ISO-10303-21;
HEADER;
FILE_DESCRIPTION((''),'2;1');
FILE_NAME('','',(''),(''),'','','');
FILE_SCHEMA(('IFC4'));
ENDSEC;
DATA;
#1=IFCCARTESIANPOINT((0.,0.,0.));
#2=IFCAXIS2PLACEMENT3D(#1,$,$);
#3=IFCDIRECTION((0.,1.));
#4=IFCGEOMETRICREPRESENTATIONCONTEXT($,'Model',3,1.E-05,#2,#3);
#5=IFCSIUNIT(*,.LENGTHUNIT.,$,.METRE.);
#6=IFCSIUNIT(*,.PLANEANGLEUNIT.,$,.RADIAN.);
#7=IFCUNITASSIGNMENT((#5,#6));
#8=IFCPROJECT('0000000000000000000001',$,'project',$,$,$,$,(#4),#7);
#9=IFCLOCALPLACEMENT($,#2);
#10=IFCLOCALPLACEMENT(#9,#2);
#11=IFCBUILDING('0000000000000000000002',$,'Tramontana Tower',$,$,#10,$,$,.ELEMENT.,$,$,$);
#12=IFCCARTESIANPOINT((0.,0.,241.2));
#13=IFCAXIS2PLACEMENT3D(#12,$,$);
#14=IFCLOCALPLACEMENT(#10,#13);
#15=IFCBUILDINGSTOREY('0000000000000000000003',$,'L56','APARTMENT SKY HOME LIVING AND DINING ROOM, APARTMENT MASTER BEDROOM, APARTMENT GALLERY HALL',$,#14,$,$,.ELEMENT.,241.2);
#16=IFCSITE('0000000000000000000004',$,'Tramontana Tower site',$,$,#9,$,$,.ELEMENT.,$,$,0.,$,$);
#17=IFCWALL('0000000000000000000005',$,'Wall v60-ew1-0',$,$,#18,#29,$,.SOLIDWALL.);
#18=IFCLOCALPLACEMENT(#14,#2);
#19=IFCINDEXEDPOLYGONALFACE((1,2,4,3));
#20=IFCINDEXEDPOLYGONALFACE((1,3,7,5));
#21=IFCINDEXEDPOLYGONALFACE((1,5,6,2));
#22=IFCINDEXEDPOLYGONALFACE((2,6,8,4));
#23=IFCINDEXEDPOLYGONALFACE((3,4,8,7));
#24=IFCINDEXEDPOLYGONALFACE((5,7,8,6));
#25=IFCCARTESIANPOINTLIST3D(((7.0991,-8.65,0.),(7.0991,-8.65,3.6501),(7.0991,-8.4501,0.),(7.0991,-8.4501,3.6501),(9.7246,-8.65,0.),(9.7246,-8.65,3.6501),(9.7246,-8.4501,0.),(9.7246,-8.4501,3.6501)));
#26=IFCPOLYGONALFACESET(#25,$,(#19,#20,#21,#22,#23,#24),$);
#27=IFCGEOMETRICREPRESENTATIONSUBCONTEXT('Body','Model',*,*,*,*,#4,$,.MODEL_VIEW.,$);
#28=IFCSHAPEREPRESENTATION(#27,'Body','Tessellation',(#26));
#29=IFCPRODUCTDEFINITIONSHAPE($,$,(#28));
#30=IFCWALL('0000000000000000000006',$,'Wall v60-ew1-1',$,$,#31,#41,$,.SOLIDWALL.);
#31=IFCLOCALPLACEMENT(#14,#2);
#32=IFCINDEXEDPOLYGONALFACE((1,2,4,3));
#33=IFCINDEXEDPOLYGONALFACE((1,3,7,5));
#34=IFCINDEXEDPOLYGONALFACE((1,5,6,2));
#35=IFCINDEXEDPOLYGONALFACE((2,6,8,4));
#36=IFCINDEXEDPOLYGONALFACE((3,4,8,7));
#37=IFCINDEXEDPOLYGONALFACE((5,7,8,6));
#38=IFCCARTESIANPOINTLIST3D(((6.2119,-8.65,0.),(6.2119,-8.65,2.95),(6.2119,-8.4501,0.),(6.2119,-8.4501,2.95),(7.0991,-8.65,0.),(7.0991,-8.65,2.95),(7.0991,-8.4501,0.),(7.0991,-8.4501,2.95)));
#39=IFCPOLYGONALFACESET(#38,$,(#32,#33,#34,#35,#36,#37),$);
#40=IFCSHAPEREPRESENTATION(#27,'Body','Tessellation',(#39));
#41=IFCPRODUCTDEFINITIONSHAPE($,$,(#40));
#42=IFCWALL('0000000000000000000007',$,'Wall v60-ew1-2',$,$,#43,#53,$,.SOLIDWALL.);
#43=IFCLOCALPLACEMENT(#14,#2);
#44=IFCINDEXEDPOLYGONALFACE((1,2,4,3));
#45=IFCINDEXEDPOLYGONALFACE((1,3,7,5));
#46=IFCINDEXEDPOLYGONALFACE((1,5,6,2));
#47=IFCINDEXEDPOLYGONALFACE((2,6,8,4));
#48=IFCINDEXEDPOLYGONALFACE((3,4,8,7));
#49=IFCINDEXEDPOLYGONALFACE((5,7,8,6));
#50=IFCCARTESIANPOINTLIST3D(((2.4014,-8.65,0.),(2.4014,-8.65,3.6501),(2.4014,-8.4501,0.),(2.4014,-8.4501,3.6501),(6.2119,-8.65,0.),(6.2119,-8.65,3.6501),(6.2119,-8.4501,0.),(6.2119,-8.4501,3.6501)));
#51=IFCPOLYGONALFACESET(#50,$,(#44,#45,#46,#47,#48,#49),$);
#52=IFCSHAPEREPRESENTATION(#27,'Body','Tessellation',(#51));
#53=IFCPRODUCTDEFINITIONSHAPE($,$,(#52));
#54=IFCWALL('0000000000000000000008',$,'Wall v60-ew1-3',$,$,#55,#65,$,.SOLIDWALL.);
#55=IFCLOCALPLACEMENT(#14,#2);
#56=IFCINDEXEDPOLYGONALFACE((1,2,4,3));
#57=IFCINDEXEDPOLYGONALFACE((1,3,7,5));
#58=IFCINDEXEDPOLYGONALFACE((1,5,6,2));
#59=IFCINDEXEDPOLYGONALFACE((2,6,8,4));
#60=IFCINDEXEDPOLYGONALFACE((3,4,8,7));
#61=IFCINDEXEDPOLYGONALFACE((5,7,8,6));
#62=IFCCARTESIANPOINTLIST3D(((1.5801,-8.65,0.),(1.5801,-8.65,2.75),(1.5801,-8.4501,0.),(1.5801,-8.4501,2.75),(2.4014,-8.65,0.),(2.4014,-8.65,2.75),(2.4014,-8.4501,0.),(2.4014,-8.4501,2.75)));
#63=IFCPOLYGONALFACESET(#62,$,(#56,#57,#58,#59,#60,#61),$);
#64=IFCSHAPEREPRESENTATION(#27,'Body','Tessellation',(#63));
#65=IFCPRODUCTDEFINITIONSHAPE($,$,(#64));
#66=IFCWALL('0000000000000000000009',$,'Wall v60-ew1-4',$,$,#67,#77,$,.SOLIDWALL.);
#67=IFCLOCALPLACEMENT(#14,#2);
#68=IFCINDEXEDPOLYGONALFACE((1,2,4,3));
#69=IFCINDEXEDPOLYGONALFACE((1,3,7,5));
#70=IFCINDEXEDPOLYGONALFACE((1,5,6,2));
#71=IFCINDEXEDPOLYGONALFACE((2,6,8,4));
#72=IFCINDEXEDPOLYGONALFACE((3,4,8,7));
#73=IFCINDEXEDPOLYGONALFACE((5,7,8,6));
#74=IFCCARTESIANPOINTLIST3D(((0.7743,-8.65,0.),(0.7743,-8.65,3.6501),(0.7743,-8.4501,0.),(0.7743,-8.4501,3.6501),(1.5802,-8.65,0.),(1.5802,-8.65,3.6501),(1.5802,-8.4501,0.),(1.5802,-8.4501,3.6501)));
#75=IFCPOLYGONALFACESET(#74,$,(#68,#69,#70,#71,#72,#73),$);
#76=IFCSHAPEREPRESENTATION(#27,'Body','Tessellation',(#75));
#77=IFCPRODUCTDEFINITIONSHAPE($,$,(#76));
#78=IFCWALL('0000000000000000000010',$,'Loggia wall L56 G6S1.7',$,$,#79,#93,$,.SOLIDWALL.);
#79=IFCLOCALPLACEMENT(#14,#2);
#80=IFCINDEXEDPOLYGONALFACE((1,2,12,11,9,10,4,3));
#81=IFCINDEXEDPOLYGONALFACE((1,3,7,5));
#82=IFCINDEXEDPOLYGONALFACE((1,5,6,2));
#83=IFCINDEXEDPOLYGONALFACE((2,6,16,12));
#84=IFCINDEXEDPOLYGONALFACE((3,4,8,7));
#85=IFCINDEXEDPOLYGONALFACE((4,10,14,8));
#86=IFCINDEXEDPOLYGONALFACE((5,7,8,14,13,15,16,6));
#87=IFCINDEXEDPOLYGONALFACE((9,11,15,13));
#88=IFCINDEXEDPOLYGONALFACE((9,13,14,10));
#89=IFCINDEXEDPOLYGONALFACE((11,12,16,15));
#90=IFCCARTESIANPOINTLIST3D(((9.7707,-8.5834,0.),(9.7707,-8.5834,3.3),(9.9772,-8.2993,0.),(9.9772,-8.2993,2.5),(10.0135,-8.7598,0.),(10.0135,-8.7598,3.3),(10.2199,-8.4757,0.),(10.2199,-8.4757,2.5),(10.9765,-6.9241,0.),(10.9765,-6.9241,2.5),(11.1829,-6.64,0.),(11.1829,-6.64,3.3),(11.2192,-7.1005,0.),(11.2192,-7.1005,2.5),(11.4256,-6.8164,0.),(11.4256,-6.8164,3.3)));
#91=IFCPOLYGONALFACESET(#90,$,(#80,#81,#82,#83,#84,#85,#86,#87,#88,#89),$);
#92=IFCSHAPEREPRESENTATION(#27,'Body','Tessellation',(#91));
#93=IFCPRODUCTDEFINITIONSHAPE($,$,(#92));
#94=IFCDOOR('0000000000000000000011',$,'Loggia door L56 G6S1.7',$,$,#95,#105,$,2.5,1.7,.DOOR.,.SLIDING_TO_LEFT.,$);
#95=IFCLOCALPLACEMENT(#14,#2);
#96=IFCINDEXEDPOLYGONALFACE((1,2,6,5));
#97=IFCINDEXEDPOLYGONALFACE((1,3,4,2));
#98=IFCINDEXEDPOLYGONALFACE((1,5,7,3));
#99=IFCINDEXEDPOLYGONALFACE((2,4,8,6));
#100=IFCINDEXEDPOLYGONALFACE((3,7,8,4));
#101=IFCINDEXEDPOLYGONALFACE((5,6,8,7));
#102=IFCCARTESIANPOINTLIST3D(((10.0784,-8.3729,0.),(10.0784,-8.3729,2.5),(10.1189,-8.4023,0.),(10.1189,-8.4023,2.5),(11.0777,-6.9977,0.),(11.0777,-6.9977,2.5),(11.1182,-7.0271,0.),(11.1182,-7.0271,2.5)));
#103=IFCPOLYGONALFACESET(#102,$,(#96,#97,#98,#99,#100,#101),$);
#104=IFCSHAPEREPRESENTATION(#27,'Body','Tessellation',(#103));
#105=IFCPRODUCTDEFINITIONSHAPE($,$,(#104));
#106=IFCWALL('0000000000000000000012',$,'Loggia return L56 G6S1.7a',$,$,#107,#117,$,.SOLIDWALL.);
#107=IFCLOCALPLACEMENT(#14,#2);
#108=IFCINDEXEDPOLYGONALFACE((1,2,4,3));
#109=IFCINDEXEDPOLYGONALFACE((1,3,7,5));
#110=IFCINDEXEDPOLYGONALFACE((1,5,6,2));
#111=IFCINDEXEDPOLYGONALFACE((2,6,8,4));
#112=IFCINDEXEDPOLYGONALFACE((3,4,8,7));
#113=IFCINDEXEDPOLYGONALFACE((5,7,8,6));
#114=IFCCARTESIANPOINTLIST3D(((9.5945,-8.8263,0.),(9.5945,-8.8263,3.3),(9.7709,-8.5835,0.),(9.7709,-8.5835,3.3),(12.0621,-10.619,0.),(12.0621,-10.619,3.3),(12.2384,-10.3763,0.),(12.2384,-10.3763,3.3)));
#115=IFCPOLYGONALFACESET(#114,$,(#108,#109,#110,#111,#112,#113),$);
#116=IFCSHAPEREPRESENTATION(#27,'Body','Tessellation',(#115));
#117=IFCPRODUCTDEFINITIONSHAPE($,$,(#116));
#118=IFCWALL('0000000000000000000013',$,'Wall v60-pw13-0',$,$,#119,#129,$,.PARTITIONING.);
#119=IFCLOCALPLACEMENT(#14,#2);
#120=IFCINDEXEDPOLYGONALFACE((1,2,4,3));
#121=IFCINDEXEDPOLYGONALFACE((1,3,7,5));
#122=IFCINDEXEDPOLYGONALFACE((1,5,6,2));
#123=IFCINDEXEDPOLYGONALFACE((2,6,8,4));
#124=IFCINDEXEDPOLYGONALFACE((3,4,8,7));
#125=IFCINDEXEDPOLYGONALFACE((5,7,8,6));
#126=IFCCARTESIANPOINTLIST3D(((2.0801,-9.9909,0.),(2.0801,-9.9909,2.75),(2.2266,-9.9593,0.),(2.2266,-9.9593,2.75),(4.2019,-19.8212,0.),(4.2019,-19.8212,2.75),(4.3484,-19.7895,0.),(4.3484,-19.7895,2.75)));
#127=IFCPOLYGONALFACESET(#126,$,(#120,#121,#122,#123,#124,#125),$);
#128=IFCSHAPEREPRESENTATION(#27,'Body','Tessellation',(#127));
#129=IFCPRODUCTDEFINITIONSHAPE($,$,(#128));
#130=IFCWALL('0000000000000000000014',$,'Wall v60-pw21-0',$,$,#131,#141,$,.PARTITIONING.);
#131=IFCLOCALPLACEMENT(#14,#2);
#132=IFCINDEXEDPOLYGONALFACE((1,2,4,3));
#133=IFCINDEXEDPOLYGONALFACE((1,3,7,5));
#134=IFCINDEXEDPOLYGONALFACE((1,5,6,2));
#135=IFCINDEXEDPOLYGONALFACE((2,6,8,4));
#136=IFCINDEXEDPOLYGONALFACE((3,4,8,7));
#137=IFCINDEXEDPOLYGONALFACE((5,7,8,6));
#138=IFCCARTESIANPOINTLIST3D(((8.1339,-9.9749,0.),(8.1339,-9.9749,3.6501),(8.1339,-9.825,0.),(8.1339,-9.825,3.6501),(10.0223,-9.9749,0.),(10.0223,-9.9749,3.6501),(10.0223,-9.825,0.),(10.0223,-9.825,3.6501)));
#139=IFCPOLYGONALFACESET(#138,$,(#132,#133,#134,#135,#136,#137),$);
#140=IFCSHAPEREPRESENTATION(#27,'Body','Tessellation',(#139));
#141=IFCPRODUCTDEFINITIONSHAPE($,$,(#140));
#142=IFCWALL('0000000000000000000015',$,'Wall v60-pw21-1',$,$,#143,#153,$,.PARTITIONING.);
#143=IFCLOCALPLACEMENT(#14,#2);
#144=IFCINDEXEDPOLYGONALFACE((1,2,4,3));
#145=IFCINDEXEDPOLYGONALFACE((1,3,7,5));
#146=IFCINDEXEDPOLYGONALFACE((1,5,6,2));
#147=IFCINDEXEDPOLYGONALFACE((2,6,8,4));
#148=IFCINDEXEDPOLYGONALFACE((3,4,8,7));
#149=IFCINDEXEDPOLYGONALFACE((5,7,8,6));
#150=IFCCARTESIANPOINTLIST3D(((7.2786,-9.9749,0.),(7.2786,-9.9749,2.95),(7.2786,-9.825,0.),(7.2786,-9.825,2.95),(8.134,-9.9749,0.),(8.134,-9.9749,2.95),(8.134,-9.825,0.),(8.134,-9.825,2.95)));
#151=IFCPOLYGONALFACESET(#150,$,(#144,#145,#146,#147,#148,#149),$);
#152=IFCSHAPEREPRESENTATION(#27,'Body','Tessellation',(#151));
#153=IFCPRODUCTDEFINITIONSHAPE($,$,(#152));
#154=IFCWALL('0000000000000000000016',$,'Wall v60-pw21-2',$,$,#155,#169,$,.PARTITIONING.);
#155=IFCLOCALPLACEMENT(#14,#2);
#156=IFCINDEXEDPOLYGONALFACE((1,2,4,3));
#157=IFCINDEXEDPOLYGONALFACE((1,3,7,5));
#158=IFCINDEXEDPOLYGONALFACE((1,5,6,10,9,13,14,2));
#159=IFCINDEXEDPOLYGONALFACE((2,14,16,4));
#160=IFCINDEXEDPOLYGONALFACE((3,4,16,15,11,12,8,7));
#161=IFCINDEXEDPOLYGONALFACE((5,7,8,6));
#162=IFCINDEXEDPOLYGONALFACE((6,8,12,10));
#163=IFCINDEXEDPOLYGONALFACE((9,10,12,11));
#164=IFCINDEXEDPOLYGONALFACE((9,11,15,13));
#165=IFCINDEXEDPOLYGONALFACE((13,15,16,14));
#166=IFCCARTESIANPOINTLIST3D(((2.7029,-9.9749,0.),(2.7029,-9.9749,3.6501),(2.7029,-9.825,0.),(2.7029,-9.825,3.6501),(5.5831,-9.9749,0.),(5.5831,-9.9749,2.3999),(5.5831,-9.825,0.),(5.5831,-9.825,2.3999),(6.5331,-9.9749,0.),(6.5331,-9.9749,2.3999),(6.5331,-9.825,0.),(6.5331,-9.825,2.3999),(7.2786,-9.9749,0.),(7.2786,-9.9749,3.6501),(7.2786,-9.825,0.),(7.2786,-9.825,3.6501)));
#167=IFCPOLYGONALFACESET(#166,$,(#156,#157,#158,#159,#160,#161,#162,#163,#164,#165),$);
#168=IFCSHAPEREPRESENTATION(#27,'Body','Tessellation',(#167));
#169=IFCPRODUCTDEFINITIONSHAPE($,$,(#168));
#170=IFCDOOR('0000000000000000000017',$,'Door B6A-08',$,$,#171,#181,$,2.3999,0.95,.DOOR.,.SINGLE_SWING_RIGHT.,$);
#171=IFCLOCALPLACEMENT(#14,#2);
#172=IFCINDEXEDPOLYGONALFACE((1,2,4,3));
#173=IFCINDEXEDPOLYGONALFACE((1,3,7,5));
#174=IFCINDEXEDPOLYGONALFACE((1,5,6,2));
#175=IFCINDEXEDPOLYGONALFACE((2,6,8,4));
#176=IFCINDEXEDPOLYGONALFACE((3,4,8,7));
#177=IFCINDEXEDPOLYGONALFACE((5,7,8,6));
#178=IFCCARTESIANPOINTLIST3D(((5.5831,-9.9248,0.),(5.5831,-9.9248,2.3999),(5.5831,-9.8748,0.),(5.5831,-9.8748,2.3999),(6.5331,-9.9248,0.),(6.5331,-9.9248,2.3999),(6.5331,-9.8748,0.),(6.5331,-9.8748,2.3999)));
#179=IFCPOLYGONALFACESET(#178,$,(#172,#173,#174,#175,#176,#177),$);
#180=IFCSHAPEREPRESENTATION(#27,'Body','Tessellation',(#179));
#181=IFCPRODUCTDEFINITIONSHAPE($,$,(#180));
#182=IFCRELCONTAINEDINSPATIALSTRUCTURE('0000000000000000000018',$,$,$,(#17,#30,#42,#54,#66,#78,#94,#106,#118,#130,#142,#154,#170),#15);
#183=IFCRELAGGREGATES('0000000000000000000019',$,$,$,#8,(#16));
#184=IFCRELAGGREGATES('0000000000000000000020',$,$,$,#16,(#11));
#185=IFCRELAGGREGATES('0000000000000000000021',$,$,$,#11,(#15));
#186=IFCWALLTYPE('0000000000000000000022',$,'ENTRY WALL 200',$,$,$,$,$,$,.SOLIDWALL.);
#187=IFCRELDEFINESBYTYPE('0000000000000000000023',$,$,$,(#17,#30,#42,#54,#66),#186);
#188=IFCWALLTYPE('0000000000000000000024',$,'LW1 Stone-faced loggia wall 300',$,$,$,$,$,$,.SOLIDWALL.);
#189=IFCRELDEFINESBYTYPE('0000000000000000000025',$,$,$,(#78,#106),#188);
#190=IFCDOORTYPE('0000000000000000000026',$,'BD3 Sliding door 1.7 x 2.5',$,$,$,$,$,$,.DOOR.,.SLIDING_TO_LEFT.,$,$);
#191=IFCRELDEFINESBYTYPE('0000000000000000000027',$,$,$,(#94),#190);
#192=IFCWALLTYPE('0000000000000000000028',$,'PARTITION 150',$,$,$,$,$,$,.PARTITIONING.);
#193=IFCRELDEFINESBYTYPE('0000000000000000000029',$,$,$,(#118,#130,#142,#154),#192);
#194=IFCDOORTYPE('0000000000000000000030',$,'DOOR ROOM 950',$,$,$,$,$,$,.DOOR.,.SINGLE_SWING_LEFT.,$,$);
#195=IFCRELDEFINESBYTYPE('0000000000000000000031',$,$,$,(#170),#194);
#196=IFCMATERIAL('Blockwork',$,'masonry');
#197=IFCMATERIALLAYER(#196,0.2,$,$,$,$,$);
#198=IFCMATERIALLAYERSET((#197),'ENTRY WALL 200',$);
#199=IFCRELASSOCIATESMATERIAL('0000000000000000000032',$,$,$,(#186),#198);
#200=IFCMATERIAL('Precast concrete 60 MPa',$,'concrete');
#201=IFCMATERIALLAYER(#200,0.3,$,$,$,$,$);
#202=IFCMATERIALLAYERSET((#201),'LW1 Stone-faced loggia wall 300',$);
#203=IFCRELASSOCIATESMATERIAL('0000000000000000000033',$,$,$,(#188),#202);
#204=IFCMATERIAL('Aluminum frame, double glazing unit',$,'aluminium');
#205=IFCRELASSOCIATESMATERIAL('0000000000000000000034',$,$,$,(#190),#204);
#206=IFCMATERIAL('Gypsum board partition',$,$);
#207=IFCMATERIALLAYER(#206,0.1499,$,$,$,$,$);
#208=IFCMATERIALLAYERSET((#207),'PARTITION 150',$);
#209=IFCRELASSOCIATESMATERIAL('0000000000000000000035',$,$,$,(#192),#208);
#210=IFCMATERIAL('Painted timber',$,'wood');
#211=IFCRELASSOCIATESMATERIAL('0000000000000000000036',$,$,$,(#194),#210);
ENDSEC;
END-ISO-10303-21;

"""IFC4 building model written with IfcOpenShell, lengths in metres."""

from ifc_helpers import new_model, si_unit, direction, frame, frame_2d, origin, place, context, subcontext, project, spatial, rectangle, extrude, material, layer, layer_set, type_object, element, fill, save


model = new_model("IFC4")

# Units and contexts
model_context = context("Model", 3, precision=1e-05, world=origin(), true_north=direction((0.0, 1.0)))
body_context = subcontext(model_context, "Body", "Model", "MODEL_VIEW")
ifc_project = project(units=[si_unit("LENGTHUNIT", "METRE"), si_unit("PLANEANGLEUNIT", "RADIAN")], contexts=[model_context])

# Site, building, storey
site_placement = place(None, origin())
site = spatial("IfcSite", under=ifc_project, at=site_placement, Name="Tramontana Tower site", CompositionType="ELEMENT", RefElevation=0.0)
building_placement = place(site_placement, origin())
building = spatial("IfcBuilding", under=site, at=building_placement, Name="Tramontana Tower", CompositionType="ELEMENT")
storey_placement = place(building_placement, frame((0.0, 0.0, 241.2)))
storey = spatial("IfcBuildingStorey", under=building, at=storey_placement, Name="L56", Description="APARTMENT SKY HOME LIVING AND DINING ROOM, APARTMENT MASTER BEDROOM, APARTMENT GALLERY HALL", CompositionType="ELEMENT", Elevation=241.2)

# Walls
ifc_material_1 = material(Name="Blockwork", Category="masonry")
ifc_layer_1 = layer(ifc_material_1, 0.2)
ifc_layer_set_1 = layer_set([ifc_layer_1], Name="ENTRY WALL 200")
wall_type_1 = type_object("IfcWallType", Name="ENTRY WALL 200", PredefinedType="SOLIDWALL", material=ifc_layer_set_1)
wall_1_placement = place(storey_placement, frame((9.7246, -8.55, 0.0), z_axis=(0.0, 0.0, 1.0), x_axis=(-1.0, 0.0, 0.0)))
element("IfcWall", 1, at=wall_1_placement, inside=storey, type_object=wall_type_1, Name="Wall v60-ew1-0", PredefinedType="SOLIDWALL", context=body_context, shape_type="SweptSolid", body=[
    extrude(rectangle(XDim=2.6255, YDim=0.2, at=frame_2d((1.3127, 0.0))), origin(), (0.0, 0.0, 1.0), 3.6501),
])
wall_2_placement = place(storey_placement, frame((7.0991, -8.55, 0.0), z_axis=(0.0, 0.0, 1.0), x_axis=(-1.0, 0.0, 0.0)))
element("IfcWall", 2, at=wall_2_placement, inside=storey, type_object=wall_type_1, Name="Wall v60-ew1-1", PredefinedType="SOLIDWALL", context=body_context, shape_type="SweptSolid", body=[
    extrude(rectangle(XDim=0.8872, YDim=0.2, at=frame_2d((0.4436, 0.0))), origin(), (0.0, 0.0, 1.0), 2.95),
])
wall_3_placement = place(storey_placement, frame((6.2119, -8.55, 0.0), z_axis=(0.0, 0.0, 1.0), x_axis=(-1.0, 0.0, 0.0)))
element("IfcWall", 3, at=wall_3_placement, inside=storey, type_object=wall_type_1, Name="Wall v60-ew1-2", PredefinedType="SOLIDWALL", context=body_context, shape_type="SweptSolid", body=[
    extrude(rectangle(XDim=3.8105, YDim=0.2, at=frame_2d((1.9053, 0.0))), origin(), (0.0, 0.0, 1.0), 3.6501),
])
wall_4_placement = place(storey_placement, frame((2.4014, -8.55, 0.0), z_axis=(0.0, 0.0, 1.0), x_axis=(-1.0, 0.0, 0.0)))
element("IfcWall", 4, at=wall_4_placement, inside=storey, type_object=wall_type_1, Name="Wall v60-ew1-3", PredefinedType="SOLIDWALL", context=body_context, shape_type="SweptSolid", body=[
    extrude(rectangle(XDim=0.8213, YDim=0.2, at=frame_2d((0.4106, 0.0))), origin(), (0.0, 0.0, 1.0), 2.75),
])
wall_5_placement = place(storey_placement, frame((1.5801, -8.55, 0.0), z_axis=(0.0, 0.0, 1.0), x_axis=(-1.0, 0.0, 0.0)))
element("IfcWall", 5, at=wall_5_placement, inside=storey, type_object=wall_type_1, Name="Wall v60-ew1-4", PredefinedType="SOLIDWALL", context=body_context, shape_type="SweptSolid", body=[
    extrude(rectangle(XDim=0.8059, YDim=0.2, at=frame_2d((0.4028, 0.0))), origin(), (0.0, 0.0, 1.0), 3.6501),
])

# Wall, opening, door
ifc_material_2 = material(Name="Precast concrete 60 MPa", Category="concrete")
ifc_layer_2 = layer(ifc_material_2, 0.3)
ifc_layer_set_2 = layer_set([ifc_layer_2], Name="LW1 Stone-faced loggia wall 300")
wall_type_2 = type_object("IfcWallType", Name="LW1 Stone-faced loggia wall 300", PredefinedType="SOLIDWALL", material=ifc_layer_set_2)
wall_6_placement = place(storey_placement, frame((9.8921, -8.6716, 0.0), z_axis=(0.0, 0.0, 1.0), x_axis=(0.587833, 0.808982, 0.0)))
wall_6 = element("IfcWall", 6, at=wall_6_placement, inside=storey, type_object=wall_type_2, Name="Loggia wall L56 G6S1.7", PredefinedType="SOLIDWALL", context=body_context, shape_type="SweptSolid", body=[
    extrude(rectangle(XDim=2.4023, YDim=0.3, at=frame_2d((1.2012, 0.0))), origin(), (0.0, 0.0, 1.0), 3.3),
])
opening_1_placement = place(wall_6_placement, frame((0.3511, 0.0, 0.0)))
opening_1 = element("IfcOpeningElement", 7, at=opening_1_placement, cuts=wall_6, PredefinedType="OPENING", context=body_context, shape_type="SweptSolid", body=[
    extrude(rectangle(XDim=1.7, YDim=2.5, at=frame_2d((0.8501, 1.25))), frame((0.0, 0.1599, 0.0), z_axis=(0.0, -1.0, 0.0), x_axis=(1.0, 0.0, 0.0)), (0.0, 0.0, 1.0), 0.3201),
])
ifc_material_3 = material(Name="Aluminum frame, double glazing unit", Category="aluminium")
door_type_1 = type_object("IfcDoorType", Name="BD3 Sliding door 1.7 x 2.5", OperationType="SLIDING_TO_LEFT", PredefinedType="DOOR", material=ifc_material_3)
door_1_placement = place(opening_1_placement, origin())
door_1 = element("IfcDoor", 8, at=door_1_placement, inside=storey, type_object=door_type_1, Name="Loggia door L56 G6S1.7", OperationType="SLIDING_TO_LEFT", OverallHeight=2.5, OverallWidth=1.7, PredefinedType="DOOR", context=body_context, shape_type="SweptSolid", body=[
    extrude(rectangle(XDim=1.7, YDim=2.5, at=frame_2d((0.8501, 1.25))), frame((0.0, 0.0249, 0.0), z_axis=(0.0, -1.0, 0.0), x_axis=(1.0, 0.0, 0.0)), (0.0, 0.0, 1.0), 0.05),
])
fill(opening_1, door_1)

# Wall
wall_7_placement = place(storey_placement, frame((12.1501, -10.4976, 0.0), z_axis=(0.0, 0.0, 1.0), x_axis=(-0.809023, 0.587777, 0.0)))
element("IfcWall", 9, at=wall_7_placement, inside=storey, type_object=wall_type_2, Name="Loggia return L56 G6S1.7a", PredefinedType="SOLIDWALL", context=body_context, shape_type="SweptSolid", body=[
    extrude(rectangle(XDim=3.05, YDim=0.3, at=frame_2d((1.5249, 0.0))), origin(), (0.0, 0.0, 1.0), 3.3),
])

# Shared definitions
ifc_material_4 = material(Name="Gypsum board partition")
ifc_layer_3 = layer(ifc_material_4, 0.1499)
ifc_layer_set_3 = layer_set([ifc_layer_3], Name="PARTITION 150")
wall_type_3 = type_object("IfcWallType", Name="PARTITION 150", PredefinedType="PARTITIONING", material=ifc_layer_set_3)

# Wall
wall_8_placement = place(storey_placement, frame((2.1533, -9.9751, 0.0), z_axis=(0.0, 0.0, 1.0), x_axis=(0.210986, -0.977489, 0.0)))
element("IfcWall", 10, at=wall_8_placement, inside=storey, type_object=wall_type_3, Name="Wall v60-pw13-0", PredefinedType="PARTITIONING", context=body_context, shape_type="SweptSolid", body=[
    extrude(rectangle(XDim=10.0566, YDim=0.1499, at=frame_2d((5.0283, 0.0))), origin(), (0.0, 0.0, 1.0), 2.75),
])

# Walls
wall_9_placement = place(storey_placement, frame((10.0225, -9.8999, 0.0), z_axis=(0.0, 0.0, 1.0), x_axis=(-1.0, 0.0, 0.0)))
element("IfcWall", 11, at=wall_9_placement, inside=storey, type_object=wall_type_3, Name="Wall v60-pw21-0", PredefinedType="PARTITIONING", context=body_context, shape_type="SweptSolid", body=[
    extrude(rectangle(XDim=1.8884, YDim=0.1499, at=frame_2d((0.9443, 0.0))), origin(), (0.0, 0.0, 1.0), 3.6501),
])
wall_10_placement = place(storey_placement, frame((8.134, -9.8999, 0.0), z_axis=(0.0, 0.0, 1.0), x_axis=(-1.0, 0.0, 0.0)))
element("IfcWall", 12, at=wall_10_placement, inside=storey, type_object=wall_type_3, Name="Wall v60-pw21-1", PredefinedType="PARTITIONING", context=body_context, shape_type="SweptSolid", body=[
    extrude(rectangle(XDim=0.8555, YDim=0.1499, at=frame_2d((0.4277, 0.0))), origin(), (0.0, 0.0, 1.0), 2.95),
])

# Wall, opening, door
wall_11_placement = place(storey_placement, frame((7.2786, -9.8999, 0.0), z_axis=(0.0, 0.0, 1.0), x_axis=(-1.0, 0.0, 0.0)))
wall_11 = element("IfcWall", 13, at=wall_11_placement, inside=storey, type_object=wall_type_3, Name="Wall v60-pw21-2", PredefinedType="PARTITIONING", context=body_context, shape_type="SweptSolid", body=[
    extrude(rectangle(XDim=4.5757, YDim=0.1499, at=frame_2d((2.2878, 0.0))), origin(), (0.0, 0.0, 1.0), 3.6501),
])
opening_2_placement = place(wall_11_placement, frame((0.7454, 0.0, 0.0)))
opening_2 = element("IfcOpeningElement", 14, at=opening_2_placement, cuts=wall_11, PredefinedType="OPENING", context=body_context, shape_type="SweptSolid", body=[
    extrude(rectangle(XDim=0.95, YDim=2.3999, at=frame_2d((0.4751, 1.2))), frame((0.0, 0.085, 0.0), z_axis=(0.0, -1.0, 0.0), x_axis=(1.0, 0.0, 0.0)), (0.0, 0.0, 1.0), 0.1699),
])
ifc_material_5 = material(Name="Painted timber", Category="wood")
door_type_2 = type_object("IfcDoorType", Name="DOOR ROOM 950", OperationType="SINGLE_SWING_LEFT", PredefinedType="DOOR", material=ifc_material_5)
door_2_placement = place(opening_2_placement, origin())
door_2 = element("IfcDoor", 15, at=door_2_placement, inside=storey, type_object=door_type_2, Name="Door B6A-08", OperationType="SINGLE_SWING_RIGHT", OverallHeight=2.3999, OverallWidth=0.95, PredefinedType="DOOR", context=body_context, shape_type="SweptSolid", body=[
    extrude(rectangle(XDim=0.95, YDim=2.3999, at=frame_2d((0.4751, 1.2))), frame((0.0, 0.0249, 0.0), z_axis=(0.0, -1.0, 0.0), x_axis=(1.0, 0.0, 0.0)), (0.0, 0.0, 1.0), 0.05),
])
fill(opening_2, door_2)

save(model, "model.ifc")
